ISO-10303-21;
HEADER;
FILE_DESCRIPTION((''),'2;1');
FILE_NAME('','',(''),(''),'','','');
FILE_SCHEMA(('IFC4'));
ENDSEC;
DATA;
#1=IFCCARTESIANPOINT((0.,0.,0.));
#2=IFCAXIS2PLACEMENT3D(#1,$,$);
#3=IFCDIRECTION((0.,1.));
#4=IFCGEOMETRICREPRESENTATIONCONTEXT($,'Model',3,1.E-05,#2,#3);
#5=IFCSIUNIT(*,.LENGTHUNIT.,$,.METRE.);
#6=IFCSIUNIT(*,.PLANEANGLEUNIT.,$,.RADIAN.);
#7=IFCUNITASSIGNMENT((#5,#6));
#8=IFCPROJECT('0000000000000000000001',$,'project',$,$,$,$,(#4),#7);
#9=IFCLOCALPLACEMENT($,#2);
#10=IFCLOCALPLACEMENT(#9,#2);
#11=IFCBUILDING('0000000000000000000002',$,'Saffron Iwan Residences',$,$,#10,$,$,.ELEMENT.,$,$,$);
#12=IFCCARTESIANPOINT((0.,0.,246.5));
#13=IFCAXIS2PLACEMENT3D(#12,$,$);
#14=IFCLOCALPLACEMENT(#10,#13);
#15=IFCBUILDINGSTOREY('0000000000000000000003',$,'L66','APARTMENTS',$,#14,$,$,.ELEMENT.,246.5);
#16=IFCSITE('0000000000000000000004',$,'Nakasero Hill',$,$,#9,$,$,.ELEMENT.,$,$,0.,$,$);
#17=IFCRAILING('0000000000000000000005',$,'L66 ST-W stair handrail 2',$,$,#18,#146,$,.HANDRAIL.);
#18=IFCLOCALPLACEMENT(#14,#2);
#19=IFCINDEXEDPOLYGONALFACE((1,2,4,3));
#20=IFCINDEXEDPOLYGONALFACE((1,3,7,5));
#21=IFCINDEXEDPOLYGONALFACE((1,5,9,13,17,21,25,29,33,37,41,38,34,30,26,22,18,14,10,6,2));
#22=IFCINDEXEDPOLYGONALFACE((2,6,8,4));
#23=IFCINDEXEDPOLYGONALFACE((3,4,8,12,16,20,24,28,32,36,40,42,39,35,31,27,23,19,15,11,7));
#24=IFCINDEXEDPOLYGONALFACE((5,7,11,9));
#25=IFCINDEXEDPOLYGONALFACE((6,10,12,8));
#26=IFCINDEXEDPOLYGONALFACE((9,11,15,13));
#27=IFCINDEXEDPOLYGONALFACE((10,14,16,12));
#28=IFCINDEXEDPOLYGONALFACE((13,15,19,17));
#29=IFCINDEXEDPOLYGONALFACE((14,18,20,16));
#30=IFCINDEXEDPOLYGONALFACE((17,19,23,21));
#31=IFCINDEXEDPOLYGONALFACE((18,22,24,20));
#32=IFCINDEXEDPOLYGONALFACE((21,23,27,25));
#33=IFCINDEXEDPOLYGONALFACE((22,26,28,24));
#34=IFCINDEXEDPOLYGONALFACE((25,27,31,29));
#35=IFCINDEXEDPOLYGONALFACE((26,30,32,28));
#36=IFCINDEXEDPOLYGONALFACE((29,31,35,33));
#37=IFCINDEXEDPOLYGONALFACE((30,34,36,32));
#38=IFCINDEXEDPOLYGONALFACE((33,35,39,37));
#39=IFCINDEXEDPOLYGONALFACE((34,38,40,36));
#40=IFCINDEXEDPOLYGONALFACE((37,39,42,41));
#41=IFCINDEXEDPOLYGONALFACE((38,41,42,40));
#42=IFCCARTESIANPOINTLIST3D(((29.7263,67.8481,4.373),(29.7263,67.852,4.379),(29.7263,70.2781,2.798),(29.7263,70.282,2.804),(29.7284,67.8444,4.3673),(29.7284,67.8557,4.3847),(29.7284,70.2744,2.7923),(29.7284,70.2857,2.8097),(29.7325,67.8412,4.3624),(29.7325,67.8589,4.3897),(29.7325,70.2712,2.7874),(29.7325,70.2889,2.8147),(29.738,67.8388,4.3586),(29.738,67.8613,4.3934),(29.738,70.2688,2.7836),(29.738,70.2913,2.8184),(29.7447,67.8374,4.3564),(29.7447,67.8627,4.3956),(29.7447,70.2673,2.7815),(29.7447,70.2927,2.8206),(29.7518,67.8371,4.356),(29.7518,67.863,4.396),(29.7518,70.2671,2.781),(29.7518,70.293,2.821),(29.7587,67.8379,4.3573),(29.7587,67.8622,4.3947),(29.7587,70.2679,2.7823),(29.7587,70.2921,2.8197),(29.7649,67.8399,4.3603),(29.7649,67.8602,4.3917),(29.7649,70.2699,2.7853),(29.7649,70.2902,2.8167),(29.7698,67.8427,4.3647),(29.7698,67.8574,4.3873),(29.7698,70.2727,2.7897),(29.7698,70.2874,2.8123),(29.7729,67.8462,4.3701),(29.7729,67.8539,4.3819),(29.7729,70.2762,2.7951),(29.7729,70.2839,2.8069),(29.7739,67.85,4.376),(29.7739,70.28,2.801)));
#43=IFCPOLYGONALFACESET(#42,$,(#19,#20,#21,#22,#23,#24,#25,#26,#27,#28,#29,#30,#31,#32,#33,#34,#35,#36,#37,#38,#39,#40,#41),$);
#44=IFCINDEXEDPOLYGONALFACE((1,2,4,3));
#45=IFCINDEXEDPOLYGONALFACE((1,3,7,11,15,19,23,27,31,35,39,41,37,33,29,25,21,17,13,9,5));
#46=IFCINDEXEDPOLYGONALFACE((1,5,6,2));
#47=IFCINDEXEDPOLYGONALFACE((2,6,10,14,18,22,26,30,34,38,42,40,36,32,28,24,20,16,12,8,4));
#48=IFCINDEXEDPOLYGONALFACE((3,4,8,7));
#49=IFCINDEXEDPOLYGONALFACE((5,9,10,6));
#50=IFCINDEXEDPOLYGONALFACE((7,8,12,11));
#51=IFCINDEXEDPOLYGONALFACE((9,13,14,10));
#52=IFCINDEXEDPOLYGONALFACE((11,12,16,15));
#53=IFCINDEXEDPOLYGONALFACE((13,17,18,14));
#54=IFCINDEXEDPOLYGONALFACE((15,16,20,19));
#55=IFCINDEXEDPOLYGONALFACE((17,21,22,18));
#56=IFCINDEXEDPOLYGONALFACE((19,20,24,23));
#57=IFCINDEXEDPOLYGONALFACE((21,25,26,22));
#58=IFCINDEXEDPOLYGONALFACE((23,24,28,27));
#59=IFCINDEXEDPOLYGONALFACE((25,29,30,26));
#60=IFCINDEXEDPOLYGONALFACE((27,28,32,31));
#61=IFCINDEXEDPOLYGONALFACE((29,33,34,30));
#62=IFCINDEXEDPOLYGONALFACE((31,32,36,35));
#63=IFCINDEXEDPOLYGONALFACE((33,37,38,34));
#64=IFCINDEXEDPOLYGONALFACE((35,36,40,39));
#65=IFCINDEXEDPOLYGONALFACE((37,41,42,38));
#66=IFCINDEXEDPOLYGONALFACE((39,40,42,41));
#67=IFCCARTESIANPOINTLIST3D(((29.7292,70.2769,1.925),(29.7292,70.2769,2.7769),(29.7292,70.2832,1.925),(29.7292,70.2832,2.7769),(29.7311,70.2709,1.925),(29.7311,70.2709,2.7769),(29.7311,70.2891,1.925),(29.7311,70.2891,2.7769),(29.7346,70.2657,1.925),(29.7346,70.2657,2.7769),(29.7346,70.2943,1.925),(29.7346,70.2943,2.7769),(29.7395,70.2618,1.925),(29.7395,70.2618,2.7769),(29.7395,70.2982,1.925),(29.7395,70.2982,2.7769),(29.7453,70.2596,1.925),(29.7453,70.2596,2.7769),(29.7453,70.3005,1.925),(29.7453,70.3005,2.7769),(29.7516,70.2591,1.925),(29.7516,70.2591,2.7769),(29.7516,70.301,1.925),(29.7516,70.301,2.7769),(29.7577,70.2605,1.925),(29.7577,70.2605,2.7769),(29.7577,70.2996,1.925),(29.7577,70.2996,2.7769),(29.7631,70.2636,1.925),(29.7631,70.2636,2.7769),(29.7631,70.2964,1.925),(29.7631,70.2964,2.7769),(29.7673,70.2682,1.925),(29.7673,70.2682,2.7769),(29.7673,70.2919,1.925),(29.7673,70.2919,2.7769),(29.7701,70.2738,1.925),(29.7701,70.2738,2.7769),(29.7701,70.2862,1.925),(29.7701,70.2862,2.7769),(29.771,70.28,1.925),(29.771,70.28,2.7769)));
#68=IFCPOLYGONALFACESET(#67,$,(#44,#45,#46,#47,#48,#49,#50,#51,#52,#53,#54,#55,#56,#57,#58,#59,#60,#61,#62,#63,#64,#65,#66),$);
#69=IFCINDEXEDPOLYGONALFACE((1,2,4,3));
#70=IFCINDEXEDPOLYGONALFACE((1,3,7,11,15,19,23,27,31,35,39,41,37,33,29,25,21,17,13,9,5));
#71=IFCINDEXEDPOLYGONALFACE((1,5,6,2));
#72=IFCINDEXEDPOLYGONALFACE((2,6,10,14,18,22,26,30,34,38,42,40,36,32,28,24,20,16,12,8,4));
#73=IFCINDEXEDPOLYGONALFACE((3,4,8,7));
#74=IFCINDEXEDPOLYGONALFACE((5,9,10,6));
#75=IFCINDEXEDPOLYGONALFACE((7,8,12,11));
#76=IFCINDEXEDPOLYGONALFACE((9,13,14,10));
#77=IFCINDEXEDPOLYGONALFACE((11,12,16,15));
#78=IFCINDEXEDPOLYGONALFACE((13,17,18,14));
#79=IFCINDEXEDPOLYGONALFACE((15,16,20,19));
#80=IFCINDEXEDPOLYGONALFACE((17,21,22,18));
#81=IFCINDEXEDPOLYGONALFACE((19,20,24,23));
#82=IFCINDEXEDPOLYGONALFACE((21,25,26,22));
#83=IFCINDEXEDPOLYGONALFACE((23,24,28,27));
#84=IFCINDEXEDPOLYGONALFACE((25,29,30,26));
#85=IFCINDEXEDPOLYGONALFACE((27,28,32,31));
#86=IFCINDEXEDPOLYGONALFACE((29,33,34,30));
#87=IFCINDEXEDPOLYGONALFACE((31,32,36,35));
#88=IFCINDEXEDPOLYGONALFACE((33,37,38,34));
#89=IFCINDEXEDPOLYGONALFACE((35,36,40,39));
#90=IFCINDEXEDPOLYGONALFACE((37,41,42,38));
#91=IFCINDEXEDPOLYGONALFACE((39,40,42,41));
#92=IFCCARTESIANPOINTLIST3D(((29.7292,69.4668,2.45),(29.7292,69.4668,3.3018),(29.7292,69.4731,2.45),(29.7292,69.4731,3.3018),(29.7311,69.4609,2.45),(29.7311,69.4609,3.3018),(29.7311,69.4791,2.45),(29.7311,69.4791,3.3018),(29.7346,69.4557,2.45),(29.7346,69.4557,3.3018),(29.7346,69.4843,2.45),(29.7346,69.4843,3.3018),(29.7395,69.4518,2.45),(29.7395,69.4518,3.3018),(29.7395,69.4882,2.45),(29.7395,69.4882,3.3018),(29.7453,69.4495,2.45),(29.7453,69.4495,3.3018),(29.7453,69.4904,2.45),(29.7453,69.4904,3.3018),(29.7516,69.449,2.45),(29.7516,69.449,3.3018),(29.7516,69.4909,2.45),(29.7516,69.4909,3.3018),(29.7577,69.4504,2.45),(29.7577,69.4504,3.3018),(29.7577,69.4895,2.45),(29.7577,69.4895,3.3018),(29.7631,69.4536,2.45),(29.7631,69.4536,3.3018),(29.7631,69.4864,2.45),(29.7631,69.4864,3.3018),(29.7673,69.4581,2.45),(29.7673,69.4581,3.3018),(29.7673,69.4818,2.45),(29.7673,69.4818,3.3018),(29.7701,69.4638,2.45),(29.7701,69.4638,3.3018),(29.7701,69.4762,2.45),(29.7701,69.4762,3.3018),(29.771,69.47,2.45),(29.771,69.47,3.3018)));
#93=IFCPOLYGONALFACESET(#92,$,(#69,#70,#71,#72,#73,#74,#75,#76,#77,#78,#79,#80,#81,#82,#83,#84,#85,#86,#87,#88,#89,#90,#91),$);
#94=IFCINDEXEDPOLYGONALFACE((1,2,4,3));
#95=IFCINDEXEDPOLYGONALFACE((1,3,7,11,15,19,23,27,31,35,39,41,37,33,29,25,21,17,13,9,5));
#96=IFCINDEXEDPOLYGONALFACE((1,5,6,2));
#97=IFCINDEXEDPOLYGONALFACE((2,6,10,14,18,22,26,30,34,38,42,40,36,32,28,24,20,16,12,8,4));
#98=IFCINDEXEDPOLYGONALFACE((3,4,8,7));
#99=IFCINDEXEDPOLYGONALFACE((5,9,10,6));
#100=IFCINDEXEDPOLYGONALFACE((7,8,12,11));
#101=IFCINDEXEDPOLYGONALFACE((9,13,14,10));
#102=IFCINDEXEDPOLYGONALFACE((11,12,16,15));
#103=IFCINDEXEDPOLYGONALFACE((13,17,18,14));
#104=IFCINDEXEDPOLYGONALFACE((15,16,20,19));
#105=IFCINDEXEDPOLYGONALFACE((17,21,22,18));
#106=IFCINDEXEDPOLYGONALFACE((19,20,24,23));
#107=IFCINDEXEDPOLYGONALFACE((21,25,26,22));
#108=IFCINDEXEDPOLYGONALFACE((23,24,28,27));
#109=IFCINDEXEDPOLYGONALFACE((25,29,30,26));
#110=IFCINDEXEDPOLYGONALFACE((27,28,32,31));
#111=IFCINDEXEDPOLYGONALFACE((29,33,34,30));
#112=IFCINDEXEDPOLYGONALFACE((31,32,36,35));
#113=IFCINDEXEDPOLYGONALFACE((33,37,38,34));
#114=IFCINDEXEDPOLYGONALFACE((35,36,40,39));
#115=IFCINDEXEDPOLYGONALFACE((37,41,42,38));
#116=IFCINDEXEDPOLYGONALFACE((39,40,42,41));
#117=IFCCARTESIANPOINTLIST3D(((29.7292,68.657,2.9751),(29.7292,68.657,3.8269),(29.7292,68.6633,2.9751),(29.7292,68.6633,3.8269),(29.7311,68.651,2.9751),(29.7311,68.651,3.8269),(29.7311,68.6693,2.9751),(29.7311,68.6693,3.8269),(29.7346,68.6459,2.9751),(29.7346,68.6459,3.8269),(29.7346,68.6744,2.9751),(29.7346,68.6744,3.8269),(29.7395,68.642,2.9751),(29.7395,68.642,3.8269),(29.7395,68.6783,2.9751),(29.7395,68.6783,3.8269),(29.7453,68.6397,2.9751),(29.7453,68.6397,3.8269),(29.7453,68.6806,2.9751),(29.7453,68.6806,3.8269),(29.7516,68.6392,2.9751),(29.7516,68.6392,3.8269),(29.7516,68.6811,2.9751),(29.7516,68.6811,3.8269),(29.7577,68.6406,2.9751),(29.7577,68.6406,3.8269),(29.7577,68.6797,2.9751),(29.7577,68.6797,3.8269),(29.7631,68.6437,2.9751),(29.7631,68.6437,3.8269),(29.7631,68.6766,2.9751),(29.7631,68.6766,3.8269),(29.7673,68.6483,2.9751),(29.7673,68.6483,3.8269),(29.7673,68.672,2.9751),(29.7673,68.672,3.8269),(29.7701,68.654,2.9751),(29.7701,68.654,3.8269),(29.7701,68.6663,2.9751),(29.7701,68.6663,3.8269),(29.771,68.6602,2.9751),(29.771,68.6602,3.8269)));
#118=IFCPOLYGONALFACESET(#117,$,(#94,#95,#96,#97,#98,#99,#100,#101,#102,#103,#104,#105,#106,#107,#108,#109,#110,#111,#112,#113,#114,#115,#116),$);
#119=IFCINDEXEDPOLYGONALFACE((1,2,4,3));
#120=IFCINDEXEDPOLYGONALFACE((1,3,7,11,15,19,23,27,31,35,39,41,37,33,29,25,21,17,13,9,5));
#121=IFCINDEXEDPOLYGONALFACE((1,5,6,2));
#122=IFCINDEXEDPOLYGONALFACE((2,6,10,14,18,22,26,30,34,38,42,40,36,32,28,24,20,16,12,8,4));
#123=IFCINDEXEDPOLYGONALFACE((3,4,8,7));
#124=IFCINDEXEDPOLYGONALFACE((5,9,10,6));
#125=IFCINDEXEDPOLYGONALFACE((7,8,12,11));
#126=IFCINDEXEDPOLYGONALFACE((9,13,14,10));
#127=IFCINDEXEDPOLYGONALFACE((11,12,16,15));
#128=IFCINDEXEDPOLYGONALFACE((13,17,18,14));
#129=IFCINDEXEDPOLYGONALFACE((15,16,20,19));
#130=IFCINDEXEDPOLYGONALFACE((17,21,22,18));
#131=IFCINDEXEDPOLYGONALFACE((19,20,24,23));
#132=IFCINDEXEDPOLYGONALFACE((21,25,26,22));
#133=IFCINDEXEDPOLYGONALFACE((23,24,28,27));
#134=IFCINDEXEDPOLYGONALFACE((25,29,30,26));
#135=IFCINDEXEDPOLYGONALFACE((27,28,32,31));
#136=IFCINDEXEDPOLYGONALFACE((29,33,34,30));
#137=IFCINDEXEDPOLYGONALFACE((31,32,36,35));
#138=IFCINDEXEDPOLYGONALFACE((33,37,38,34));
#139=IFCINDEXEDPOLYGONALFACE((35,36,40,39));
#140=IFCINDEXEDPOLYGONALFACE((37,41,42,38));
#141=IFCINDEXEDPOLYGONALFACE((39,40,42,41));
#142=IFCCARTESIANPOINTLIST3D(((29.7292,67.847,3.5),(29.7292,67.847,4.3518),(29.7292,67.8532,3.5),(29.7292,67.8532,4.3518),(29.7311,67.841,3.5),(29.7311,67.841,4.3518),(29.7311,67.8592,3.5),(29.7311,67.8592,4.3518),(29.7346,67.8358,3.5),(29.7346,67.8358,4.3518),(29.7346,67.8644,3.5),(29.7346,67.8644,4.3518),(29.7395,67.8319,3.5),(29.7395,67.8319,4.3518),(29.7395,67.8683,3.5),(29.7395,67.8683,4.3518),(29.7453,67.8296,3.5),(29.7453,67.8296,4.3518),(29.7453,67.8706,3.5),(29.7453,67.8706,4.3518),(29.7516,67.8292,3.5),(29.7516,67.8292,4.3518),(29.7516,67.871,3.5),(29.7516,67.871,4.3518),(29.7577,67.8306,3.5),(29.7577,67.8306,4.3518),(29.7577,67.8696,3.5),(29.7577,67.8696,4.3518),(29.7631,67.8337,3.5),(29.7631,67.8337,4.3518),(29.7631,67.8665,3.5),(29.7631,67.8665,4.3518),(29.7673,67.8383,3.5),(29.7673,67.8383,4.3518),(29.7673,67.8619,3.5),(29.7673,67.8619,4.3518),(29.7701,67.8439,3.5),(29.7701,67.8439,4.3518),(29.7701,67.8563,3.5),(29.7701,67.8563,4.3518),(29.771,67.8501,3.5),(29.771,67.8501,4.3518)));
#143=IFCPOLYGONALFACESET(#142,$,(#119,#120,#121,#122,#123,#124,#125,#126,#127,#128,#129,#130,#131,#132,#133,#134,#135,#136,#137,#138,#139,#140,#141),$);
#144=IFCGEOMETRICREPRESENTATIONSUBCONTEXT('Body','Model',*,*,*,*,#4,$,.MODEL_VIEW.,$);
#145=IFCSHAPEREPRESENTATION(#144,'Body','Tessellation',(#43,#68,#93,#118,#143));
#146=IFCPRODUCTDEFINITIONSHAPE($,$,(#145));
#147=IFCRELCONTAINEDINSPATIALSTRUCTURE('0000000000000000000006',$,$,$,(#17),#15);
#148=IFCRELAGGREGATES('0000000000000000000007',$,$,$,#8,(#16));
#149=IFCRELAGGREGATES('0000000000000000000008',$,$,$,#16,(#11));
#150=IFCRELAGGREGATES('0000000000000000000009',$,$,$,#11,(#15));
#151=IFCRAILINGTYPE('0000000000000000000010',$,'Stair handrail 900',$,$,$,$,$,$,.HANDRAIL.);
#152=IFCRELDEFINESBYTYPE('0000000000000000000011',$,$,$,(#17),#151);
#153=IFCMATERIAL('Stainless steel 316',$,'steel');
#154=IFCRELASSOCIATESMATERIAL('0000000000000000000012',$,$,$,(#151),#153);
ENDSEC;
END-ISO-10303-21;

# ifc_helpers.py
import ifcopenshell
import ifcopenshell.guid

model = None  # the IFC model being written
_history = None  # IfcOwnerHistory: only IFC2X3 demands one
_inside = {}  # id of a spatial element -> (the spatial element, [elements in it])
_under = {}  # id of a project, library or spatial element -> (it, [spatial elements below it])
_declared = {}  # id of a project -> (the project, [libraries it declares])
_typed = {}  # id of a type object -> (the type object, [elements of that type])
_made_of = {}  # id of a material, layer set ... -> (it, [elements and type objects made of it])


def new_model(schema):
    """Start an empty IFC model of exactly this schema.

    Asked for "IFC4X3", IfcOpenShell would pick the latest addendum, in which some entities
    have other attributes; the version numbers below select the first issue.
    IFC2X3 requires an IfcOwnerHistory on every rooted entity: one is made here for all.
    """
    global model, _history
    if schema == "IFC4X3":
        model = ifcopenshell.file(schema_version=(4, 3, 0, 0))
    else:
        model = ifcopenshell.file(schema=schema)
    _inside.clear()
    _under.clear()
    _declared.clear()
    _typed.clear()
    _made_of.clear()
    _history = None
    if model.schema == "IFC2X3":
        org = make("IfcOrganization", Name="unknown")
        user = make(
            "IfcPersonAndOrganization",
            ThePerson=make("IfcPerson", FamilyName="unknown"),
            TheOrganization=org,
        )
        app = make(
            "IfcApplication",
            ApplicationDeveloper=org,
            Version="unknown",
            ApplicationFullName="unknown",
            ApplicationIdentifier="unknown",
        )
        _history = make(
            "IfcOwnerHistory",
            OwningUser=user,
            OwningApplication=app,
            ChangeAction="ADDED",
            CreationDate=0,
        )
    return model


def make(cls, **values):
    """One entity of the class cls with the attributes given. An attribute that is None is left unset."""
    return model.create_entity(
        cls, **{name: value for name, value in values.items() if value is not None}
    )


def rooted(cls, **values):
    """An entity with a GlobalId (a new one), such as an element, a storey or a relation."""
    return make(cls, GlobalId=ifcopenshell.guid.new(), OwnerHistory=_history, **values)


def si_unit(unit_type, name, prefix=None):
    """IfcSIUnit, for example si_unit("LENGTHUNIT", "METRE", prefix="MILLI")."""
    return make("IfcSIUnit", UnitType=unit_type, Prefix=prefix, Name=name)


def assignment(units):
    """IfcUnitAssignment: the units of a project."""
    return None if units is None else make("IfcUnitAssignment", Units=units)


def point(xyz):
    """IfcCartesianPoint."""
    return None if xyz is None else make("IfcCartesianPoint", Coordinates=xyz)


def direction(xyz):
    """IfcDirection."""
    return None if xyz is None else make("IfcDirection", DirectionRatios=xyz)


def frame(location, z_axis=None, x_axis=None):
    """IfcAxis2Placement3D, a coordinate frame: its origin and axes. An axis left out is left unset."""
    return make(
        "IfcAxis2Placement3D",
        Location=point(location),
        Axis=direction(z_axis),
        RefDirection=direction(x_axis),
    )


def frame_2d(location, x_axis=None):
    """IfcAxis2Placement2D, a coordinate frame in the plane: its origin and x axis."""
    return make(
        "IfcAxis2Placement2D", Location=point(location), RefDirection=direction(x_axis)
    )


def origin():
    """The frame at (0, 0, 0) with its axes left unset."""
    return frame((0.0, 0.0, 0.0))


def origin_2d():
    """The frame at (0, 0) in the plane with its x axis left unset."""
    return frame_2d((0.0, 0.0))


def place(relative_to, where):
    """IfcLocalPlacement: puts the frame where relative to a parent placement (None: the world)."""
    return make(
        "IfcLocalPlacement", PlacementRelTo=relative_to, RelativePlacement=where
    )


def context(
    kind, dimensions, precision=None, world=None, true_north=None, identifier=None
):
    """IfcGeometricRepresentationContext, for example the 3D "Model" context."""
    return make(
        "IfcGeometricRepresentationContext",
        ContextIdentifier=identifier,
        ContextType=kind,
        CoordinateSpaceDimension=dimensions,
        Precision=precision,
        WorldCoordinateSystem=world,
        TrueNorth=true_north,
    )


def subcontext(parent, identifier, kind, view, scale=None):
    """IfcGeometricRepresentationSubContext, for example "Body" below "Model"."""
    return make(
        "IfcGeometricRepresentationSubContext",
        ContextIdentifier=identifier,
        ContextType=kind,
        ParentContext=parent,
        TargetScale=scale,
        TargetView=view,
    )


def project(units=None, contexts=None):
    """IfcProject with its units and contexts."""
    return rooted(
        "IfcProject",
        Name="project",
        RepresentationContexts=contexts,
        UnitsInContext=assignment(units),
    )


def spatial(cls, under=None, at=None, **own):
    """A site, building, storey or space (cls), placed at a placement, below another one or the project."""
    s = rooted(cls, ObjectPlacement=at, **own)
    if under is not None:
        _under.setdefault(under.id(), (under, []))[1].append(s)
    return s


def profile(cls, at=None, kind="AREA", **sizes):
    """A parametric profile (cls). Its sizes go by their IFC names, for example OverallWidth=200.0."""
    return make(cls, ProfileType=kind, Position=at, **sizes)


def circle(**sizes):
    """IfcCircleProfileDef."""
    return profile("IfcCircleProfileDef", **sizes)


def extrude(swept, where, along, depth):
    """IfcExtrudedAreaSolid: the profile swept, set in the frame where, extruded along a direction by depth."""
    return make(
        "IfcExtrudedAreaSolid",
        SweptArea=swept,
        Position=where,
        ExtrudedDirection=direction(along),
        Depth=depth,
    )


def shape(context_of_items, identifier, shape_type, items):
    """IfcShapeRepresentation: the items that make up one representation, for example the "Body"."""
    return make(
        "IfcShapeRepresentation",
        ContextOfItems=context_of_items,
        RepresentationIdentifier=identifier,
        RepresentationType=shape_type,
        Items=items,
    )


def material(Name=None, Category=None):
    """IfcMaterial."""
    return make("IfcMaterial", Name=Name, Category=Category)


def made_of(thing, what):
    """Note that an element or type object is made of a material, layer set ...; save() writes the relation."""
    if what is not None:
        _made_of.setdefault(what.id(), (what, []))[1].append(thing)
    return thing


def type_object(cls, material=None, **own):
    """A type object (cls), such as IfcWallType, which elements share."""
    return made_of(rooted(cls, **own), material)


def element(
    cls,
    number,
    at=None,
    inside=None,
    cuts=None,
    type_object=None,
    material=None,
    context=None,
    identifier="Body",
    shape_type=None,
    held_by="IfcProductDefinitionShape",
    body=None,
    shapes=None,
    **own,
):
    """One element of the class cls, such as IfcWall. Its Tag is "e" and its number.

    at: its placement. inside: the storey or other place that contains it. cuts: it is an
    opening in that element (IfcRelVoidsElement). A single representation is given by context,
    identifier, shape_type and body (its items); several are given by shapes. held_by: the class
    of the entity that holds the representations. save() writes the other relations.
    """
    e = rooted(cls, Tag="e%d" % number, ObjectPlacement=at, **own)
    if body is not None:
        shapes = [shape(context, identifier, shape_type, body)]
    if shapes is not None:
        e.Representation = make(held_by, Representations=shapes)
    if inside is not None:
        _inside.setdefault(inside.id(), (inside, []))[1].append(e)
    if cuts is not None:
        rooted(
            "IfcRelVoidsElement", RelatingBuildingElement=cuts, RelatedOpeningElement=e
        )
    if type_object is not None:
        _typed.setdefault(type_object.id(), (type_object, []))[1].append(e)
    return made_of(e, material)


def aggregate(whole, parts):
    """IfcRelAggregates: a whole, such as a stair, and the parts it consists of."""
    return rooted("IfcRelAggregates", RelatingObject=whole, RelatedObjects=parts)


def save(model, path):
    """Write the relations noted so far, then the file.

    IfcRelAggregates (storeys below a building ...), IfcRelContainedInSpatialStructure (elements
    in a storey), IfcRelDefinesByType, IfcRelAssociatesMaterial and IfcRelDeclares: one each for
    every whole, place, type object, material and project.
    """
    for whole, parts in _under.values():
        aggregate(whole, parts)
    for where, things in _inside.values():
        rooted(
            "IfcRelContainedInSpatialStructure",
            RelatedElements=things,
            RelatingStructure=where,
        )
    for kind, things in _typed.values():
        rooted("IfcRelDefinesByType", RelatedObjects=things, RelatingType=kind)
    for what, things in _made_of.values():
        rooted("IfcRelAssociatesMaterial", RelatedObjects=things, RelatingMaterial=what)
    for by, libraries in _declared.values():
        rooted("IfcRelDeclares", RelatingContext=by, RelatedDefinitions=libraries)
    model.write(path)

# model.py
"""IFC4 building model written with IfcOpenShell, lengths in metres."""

from ifc_helpers import new_model, si_unit, direction, frame, origin, origin_2d, place, context, subcontext, project, spatial, circle, extrude, material, type_object, element, save


model = new_model("IFC4")

# Units and contexts
model_context = context("Model", 3, precision=1e-05, world=origin(), true_north=direction((0.0, 1.0)))
body_context = subcontext(model_context, "Body", "Model", "MODEL_VIEW")
ifc_project = project(units=[si_unit("LENGTHUNIT", "METRE"), si_unit("PLANEANGLEUNIT", "RADIAN")], contexts=[model_context])

# Site, building, storey
site_placement = place(None, origin())
site = spatial("IfcSite", under=ifc_project, at=site_placement, Name="Nakasero Hill", CompositionType="ELEMENT", RefElevation=0.0)
building_placement = place(site_placement, origin())
building = spatial("IfcBuilding", under=site, at=building_placement, Name="Saffron Iwan Residences", CompositionType="ELEMENT")
storey_placement = place(building_placement, frame((0.0, 0.0, 246.5)))
storey = spatial("IfcBuildingStorey", under=building, at=storey_placement, Name="L66", Description="APARTMENTS", CompositionType="ELEMENT", Elevation=246.5)

# Railing
ifc_material_1 = material(Name="Stainless steel 316", Category="steel")
railing_type_1 = type_object("IfcRailingType", Name="Stair handrail 900", PredefinedType="HANDRAIL", material=ifc_material_1)
railing_1_placement = place(storey_placement, frame((29.75, 70.28, 1.925)))
element("IfcRailing", 1, at=railing_1_placement, inside=storey, type_object=railing_type_1, Name="L66 ST-W stair handrail 2", PredefinedType="HANDRAIL", context=body_context, shape_type="SweptSolid", body=[
    extrude(circle(Radius=0.0239, at=origin_2d()), frame((0.0, 0.0, 0.876), z_axis=(0.0, -0.839154, 0.543894), x_axis=(1.0, 0.0, 0.0)), (0.0, 0.0, 1.0), 2.8958),
    extrude(circle(Radius=0.021, at=origin_2d()), origin(), (0.0, 0.0, 1.0), 0.8518),
    extrude(circle(Radius=0.021, at=origin_2d()), frame((0.0, -0.8101, 0.5249)), (0.0, 0.0, 1.0), 0.8518),
    extrude(circle(Radius=0.021, at=origin_2d()), frame((0.0, -1.6199, 1.05)), (0.0, 0.0, 1.0), 0.8518),
    extrude(circle(Radius=0.021, at=origin_2d()), frame((0.0, -2.4299, 1.575)), (0.0, 0.0, 1.0), 0.8518),
])

save(model, "model.ifc")
